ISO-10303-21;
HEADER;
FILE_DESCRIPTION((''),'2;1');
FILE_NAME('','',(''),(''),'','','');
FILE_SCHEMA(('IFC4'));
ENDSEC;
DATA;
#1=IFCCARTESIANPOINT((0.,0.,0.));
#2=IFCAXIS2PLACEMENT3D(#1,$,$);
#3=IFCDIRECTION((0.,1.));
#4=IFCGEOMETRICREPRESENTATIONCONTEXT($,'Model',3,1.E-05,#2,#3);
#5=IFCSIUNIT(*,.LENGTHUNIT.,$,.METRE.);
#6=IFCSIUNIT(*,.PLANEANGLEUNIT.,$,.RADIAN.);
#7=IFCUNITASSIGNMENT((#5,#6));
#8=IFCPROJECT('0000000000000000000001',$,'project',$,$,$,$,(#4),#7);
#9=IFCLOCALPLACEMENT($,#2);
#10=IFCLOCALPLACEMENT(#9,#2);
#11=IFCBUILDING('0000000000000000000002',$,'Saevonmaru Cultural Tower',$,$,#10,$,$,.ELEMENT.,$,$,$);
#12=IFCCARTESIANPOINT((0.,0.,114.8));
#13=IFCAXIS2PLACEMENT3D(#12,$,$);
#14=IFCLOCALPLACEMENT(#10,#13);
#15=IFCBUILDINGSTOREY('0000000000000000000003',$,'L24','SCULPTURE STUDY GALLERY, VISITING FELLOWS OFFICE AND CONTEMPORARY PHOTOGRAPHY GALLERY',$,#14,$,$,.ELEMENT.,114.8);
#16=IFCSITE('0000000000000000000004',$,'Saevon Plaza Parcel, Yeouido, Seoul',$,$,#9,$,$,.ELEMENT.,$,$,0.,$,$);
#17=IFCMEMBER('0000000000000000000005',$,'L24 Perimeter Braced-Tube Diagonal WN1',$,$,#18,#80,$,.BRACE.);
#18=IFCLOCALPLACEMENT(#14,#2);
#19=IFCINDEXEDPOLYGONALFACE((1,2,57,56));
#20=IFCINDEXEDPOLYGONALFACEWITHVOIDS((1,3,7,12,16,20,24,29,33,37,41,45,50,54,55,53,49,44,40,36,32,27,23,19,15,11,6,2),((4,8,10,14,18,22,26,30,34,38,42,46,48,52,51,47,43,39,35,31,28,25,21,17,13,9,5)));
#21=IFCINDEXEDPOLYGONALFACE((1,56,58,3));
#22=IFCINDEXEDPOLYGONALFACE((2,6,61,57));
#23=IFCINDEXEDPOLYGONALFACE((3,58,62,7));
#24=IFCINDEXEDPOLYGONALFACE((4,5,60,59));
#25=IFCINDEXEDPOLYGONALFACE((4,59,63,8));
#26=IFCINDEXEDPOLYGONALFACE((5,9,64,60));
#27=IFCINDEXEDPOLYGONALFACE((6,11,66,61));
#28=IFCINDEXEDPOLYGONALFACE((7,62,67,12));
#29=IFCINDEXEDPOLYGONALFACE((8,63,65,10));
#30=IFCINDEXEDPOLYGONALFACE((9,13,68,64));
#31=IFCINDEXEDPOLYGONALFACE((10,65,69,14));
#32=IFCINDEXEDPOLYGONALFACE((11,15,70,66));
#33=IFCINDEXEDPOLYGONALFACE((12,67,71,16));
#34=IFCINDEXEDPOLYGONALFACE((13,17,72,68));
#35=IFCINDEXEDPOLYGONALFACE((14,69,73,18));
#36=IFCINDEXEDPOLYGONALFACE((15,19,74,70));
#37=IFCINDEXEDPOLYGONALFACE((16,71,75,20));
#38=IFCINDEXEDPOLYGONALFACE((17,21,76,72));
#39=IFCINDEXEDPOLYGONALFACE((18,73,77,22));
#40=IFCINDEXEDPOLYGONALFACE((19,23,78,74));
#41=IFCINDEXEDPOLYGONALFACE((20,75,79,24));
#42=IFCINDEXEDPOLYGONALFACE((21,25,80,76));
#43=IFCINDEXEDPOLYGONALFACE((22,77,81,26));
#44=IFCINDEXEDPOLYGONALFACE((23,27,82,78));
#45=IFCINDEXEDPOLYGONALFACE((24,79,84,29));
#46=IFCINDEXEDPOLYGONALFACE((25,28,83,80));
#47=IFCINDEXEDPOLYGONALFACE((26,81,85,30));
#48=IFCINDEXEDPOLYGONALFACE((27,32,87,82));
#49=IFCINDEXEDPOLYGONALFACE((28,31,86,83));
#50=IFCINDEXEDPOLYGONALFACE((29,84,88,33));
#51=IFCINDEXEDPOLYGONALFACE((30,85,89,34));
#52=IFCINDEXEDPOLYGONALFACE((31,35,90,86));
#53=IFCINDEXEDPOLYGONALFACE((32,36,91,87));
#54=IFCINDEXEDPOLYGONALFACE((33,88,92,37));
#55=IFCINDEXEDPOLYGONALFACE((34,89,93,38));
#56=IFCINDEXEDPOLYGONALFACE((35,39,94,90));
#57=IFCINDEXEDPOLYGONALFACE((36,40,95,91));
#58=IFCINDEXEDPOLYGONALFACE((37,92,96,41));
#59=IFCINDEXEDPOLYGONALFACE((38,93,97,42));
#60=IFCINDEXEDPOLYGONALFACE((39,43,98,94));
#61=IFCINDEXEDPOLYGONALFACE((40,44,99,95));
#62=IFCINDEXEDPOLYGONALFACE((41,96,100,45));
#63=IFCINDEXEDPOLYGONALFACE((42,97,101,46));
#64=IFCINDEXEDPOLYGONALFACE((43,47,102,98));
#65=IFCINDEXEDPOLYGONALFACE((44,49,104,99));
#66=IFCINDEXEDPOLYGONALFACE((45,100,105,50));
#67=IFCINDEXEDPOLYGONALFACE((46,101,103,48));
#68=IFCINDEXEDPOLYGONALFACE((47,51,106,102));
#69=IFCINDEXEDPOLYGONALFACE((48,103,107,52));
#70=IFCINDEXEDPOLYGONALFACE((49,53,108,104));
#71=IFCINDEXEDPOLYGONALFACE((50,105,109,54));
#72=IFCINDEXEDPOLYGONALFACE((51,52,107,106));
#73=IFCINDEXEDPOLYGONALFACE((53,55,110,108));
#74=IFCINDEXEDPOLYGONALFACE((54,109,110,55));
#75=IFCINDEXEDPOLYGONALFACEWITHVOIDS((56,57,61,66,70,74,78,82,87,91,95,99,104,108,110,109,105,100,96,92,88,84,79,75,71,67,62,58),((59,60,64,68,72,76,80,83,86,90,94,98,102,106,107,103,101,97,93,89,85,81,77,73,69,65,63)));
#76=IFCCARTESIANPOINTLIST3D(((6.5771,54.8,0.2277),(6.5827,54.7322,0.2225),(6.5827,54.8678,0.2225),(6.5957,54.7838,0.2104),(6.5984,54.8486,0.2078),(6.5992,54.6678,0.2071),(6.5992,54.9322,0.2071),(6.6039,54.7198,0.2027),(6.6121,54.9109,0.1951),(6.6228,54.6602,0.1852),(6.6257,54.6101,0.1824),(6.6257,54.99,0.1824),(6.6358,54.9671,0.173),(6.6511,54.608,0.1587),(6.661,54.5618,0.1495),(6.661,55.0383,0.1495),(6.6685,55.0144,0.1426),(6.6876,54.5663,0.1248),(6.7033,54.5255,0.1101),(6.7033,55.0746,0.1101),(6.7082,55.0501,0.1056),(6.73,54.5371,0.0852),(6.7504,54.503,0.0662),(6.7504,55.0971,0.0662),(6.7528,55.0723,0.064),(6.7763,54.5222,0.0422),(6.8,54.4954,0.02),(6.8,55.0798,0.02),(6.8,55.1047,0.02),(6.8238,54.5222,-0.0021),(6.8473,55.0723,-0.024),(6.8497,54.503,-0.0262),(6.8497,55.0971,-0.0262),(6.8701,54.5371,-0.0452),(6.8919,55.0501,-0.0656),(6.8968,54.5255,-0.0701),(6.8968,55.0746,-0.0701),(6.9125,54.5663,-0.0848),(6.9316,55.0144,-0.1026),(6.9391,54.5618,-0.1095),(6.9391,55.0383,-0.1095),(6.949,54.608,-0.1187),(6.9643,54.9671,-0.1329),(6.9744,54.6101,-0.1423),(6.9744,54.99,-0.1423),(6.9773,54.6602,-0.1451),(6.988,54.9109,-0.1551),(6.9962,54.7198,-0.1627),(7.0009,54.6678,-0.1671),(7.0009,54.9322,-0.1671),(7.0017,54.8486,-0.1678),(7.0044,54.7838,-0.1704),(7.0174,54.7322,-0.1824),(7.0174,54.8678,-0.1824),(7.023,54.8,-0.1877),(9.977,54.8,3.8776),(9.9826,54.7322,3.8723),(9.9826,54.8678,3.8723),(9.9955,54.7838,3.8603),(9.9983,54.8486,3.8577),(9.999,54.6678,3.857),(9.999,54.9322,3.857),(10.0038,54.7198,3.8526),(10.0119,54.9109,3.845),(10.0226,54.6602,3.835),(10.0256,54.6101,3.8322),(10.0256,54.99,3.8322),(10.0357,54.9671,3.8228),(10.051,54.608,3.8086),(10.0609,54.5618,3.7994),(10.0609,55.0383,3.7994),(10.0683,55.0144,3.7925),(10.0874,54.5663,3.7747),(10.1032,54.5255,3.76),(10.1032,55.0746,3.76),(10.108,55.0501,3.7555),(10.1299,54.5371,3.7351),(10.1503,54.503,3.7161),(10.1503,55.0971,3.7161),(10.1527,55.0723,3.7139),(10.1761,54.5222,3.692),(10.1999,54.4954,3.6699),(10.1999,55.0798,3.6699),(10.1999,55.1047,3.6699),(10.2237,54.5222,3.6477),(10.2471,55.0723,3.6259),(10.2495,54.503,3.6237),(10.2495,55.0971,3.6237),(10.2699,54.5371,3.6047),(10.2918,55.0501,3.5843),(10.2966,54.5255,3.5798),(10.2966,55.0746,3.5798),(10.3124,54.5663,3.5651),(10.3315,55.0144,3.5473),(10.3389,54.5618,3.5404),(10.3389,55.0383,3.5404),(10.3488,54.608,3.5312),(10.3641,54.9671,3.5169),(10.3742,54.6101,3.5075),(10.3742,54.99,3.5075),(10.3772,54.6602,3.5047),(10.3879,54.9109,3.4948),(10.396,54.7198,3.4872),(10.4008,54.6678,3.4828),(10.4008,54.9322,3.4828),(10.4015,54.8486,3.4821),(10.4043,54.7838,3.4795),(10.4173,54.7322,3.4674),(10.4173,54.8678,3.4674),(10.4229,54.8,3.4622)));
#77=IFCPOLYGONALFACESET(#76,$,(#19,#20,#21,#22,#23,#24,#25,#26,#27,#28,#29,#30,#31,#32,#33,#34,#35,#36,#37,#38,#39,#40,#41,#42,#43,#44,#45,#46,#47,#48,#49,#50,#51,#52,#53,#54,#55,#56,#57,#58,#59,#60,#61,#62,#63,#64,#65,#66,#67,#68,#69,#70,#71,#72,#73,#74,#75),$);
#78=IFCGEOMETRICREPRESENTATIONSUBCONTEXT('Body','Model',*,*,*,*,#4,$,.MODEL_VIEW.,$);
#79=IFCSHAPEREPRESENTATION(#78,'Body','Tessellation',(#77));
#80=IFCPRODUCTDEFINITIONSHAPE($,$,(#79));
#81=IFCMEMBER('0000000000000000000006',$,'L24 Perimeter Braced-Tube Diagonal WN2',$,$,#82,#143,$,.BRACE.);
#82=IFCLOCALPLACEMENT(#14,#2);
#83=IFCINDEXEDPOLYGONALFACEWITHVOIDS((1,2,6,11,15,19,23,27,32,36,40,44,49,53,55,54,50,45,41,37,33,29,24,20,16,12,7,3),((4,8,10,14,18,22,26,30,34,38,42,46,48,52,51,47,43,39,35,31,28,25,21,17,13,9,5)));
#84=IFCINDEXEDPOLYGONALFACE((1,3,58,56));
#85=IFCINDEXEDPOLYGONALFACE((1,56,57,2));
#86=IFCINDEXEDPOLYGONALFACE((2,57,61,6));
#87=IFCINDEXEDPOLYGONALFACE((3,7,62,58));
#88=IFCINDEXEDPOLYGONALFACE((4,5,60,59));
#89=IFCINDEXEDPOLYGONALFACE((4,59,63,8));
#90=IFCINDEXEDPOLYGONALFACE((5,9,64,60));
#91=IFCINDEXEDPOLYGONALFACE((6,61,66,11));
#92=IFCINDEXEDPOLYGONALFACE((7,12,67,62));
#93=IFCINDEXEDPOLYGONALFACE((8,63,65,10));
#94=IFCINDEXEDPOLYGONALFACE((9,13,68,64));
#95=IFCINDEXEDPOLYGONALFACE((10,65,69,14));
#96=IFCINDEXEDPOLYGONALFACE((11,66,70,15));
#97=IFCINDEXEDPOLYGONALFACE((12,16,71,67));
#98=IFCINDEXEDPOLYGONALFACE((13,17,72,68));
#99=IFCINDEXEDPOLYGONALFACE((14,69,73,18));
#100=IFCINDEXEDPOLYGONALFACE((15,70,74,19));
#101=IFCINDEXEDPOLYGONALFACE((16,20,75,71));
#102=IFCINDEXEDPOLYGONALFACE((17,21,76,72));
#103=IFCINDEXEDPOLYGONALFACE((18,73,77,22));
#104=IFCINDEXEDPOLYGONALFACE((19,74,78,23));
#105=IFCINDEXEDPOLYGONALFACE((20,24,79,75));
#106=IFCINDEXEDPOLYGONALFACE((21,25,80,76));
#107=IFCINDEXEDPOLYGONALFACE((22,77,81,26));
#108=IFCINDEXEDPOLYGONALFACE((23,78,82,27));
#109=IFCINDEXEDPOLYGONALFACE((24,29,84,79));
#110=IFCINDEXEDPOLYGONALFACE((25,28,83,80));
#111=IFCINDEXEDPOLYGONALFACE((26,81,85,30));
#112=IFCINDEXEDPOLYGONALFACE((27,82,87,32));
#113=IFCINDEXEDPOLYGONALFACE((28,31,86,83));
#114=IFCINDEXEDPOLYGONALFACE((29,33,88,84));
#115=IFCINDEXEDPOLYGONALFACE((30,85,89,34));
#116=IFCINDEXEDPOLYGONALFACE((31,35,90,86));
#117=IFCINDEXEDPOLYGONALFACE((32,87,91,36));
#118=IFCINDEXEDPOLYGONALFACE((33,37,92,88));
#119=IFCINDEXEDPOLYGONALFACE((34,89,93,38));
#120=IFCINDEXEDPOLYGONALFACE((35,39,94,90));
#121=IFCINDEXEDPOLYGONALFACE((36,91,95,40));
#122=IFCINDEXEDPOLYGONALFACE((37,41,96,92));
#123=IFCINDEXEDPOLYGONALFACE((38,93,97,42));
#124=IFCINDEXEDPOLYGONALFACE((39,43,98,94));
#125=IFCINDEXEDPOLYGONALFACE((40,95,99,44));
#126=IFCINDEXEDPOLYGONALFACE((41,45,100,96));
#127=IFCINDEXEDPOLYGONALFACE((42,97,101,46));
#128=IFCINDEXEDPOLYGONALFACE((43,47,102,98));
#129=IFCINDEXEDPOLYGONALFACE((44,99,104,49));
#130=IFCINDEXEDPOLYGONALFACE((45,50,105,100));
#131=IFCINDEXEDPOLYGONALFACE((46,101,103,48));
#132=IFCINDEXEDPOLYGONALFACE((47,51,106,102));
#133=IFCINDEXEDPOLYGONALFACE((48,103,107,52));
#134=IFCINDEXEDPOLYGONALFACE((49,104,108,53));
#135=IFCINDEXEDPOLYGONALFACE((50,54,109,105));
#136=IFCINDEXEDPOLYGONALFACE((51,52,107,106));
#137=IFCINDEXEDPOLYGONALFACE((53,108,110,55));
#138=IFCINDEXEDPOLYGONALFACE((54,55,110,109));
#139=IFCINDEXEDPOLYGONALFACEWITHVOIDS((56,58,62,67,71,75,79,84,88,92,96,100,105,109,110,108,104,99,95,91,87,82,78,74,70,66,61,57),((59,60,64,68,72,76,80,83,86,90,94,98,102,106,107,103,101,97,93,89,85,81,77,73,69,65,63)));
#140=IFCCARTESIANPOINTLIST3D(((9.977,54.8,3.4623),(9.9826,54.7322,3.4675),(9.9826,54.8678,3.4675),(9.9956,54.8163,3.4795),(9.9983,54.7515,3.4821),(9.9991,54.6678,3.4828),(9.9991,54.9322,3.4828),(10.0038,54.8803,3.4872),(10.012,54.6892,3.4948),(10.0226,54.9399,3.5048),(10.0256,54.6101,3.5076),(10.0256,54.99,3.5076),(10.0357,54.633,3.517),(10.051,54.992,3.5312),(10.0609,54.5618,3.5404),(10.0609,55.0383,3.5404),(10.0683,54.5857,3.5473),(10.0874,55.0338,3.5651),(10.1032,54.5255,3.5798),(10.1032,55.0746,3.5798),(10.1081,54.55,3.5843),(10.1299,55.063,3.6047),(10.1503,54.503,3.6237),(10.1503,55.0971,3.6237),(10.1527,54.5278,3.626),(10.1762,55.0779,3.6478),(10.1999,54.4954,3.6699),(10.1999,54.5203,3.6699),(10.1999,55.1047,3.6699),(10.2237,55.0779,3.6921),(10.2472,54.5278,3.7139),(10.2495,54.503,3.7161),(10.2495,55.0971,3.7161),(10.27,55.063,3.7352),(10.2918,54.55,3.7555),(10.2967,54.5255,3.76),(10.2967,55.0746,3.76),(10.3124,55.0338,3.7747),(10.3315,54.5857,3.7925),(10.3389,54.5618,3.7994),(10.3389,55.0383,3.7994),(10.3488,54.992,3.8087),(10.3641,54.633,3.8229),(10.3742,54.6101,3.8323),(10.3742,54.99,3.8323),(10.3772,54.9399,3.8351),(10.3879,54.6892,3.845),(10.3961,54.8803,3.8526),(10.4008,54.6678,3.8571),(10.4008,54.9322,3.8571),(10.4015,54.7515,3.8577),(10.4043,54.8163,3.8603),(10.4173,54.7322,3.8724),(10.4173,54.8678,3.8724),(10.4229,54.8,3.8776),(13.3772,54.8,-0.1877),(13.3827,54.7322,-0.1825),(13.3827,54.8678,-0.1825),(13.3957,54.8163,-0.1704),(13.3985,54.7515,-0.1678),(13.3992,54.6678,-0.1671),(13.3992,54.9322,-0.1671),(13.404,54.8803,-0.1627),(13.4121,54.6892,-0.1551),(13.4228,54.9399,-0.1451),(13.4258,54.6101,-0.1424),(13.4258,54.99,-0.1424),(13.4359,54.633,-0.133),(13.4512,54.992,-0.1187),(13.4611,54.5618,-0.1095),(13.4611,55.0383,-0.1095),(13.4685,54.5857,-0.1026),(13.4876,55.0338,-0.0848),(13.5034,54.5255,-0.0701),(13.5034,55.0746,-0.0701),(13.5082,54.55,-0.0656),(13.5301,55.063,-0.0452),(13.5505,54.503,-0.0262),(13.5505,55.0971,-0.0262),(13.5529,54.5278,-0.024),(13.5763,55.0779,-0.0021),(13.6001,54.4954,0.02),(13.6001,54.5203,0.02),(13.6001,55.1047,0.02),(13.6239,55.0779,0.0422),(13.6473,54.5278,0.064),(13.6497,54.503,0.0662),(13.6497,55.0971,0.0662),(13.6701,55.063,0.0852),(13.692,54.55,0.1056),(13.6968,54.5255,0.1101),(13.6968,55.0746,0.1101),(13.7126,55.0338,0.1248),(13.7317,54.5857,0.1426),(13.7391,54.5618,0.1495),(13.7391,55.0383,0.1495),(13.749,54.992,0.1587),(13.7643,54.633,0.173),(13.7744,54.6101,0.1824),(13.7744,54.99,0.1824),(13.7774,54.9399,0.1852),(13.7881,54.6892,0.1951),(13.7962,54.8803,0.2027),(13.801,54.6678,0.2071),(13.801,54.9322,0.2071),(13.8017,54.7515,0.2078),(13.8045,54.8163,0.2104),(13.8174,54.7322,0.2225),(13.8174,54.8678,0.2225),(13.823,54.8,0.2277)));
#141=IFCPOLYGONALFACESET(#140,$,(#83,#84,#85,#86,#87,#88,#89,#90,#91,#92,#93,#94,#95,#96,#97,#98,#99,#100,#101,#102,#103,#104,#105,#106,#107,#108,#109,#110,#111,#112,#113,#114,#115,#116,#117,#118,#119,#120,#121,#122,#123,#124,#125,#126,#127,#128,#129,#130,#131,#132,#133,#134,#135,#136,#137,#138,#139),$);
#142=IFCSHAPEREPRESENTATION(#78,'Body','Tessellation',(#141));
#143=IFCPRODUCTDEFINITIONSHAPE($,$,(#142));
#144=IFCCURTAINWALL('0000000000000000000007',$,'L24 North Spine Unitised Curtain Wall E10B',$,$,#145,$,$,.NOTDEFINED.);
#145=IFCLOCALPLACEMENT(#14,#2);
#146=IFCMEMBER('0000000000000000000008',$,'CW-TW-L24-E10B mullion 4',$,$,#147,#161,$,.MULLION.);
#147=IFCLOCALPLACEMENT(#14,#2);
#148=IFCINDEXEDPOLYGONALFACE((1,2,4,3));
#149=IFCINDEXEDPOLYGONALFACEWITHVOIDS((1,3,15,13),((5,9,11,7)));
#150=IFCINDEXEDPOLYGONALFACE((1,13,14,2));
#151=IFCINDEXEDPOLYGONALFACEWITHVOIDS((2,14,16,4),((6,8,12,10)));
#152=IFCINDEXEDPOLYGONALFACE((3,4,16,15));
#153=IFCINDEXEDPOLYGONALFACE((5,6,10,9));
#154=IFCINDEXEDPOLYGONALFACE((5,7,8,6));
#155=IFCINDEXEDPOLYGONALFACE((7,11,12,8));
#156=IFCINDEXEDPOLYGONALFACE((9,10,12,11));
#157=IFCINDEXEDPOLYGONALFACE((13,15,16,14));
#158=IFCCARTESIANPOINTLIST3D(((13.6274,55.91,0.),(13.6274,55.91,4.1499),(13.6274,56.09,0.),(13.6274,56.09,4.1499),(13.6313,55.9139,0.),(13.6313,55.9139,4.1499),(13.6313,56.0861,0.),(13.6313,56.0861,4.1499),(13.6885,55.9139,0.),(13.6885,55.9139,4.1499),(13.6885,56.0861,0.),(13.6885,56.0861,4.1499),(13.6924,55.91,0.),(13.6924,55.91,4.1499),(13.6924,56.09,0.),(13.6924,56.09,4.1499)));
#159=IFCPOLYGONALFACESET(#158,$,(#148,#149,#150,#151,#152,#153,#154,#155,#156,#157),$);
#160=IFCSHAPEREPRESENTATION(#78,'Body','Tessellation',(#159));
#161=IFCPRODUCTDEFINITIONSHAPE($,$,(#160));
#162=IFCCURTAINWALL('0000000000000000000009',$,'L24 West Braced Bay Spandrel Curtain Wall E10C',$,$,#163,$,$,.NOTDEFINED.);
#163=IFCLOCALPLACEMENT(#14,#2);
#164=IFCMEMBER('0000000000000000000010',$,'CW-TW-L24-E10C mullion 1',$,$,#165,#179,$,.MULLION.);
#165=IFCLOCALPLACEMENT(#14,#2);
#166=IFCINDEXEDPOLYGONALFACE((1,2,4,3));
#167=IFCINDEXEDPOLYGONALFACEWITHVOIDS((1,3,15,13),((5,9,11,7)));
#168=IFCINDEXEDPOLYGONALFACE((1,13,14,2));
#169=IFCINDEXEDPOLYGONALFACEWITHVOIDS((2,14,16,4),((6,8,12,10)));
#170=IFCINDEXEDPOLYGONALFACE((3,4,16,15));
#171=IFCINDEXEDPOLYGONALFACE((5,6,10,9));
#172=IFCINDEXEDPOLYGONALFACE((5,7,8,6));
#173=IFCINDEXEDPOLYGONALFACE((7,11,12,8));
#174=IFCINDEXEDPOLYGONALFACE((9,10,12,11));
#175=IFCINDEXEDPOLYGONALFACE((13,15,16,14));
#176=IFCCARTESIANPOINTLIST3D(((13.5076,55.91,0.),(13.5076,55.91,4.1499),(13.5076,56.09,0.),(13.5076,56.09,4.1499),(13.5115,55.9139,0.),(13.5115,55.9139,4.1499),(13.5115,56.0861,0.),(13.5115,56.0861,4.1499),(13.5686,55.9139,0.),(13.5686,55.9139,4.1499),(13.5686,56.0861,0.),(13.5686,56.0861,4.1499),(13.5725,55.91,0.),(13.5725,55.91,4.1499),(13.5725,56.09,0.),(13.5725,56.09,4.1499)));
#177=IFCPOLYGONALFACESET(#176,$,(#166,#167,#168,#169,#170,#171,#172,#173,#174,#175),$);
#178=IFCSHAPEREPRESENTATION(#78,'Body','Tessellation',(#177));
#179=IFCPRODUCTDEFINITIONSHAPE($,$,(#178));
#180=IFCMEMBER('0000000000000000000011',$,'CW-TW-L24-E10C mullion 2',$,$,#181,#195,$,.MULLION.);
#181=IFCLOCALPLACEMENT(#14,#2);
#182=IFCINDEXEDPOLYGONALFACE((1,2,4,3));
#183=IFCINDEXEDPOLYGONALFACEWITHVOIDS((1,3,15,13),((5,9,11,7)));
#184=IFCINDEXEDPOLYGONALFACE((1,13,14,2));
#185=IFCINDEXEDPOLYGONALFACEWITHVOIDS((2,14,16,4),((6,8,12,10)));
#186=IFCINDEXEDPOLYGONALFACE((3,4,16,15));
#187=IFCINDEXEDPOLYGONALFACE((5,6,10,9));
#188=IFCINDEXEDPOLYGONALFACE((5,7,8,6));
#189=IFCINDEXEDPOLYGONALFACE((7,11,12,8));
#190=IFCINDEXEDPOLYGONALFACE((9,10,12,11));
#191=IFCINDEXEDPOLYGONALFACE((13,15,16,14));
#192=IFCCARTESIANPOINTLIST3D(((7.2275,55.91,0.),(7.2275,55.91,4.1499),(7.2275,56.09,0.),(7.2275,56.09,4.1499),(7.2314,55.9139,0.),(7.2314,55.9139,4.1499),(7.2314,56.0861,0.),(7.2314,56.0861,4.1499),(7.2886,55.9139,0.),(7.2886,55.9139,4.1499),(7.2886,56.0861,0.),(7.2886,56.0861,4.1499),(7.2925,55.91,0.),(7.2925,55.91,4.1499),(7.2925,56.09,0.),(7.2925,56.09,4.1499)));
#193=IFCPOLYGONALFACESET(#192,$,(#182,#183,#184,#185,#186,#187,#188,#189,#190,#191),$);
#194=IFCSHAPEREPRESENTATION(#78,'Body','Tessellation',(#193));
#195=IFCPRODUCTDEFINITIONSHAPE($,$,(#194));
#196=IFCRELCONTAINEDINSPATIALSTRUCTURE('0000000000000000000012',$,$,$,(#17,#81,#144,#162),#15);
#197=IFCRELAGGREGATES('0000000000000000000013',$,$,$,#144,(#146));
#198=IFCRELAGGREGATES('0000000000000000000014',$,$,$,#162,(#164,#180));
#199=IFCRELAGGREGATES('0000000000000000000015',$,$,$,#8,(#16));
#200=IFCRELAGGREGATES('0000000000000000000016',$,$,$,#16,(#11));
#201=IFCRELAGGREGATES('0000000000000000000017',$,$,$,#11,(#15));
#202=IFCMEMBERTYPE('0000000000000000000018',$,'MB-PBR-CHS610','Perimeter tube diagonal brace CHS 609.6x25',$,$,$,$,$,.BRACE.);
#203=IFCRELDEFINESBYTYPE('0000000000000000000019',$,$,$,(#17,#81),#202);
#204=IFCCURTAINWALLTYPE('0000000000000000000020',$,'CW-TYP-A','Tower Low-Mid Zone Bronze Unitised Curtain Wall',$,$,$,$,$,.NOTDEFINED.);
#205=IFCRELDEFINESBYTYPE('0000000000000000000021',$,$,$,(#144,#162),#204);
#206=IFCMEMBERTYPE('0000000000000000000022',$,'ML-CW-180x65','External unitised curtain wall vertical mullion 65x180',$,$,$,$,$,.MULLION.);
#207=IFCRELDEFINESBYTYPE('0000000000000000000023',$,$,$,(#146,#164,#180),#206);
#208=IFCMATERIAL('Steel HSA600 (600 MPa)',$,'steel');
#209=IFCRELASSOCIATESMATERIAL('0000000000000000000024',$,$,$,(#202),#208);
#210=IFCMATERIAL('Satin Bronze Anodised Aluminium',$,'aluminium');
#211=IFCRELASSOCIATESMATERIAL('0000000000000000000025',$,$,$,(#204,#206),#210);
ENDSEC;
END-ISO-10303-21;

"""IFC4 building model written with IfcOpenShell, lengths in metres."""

from ifc_helpers import new_model, si_unit, direction, frame, origin, origin_2d, place, context, subcontext, project, spatial, hollow_rectangle, hollow_circle, extrude, material, material_profile, profile_set, type_object, element, aggregate, save


model = new_model("IFC4")

# Units and contexts
model_context = context("Model", 3, precision=1e-05, world=origin(), true_north=direction((0.0, 1.0)))
body_context = subcontext(model_context, "Body", "Model", "MODEL_VIEW")
ifc_project = project(units=[si_unit("LENGTHUNIT", "METRE"), si_unit("PLANEANGLEUNIT", "RADIAN")], contexts=[model_context])

# Site, building, storey
site_placement = place(None, origin())
site = spatial("IfcSite", under=ifc_project, at=site_placement, Name="Saevon Plaza Parcel, Yeouido, Seoul", CompositionType="ELEMENT", RefElevation=0.0)
building_placement = place(site_placement, origin())
building = spatial("IfcBuilding", under=site, at=building_placement, Name="Saevonmaru Cultural Tower", CompositionType="ELEMENT")
storey_placement = place(building_placement, frame((0.0, 0.0, 114.8)))
storey = spatial("IfcBuildingStorey", under=building, at=storey_placement, Name="L24", Description="SCULPTURE STUDY GALLERY, VISITING FELLOWS OFFICE AND CONTEMPORARY PHOTOGRAPHY GALLERY", CompositionType="ELEMENT", Elevation=114.8)

# Members
ifc_material_1 = material(Name="Steel HSA600 (600 MPa)", Category="steel")
ifc_material_profile_1 = material_profile(ifc_material_1, hollow_circle(Radius=0.3047, WallThickness=0.0249, at=origin_2d()), Name="CHS-609.6x25")
ifc_profile_set_1 = profile_set([ifc_material_profile_1], Name="Steel HSA600 (600 MPa)")
member_type_1 = type_object("IfcMemberType", Name="MB-PBR-CHS610", Description="Perimeter tube diagonal brace CHS 609.6x25", PredefinedType="BRACE", material=ifc_profile_set_1)
member_1_placement = place(storey_placement, frame((6.8, 54.8, 0.02), z_axis=(0.681603, 0.0, 0.731722), x_axis=(0.0, 1.0, 0.0)))
element("IfcMember", 1, at=member_1_placement, inside=storey, type_object=member_type_1, Name="L24 Perimeter Braced-Tube Diagonal WN1", PredefinedType="BRACE", context=body_context, shape_type="SweptSolid", body=[
    extrude(hollow_circle(Radius=0.3047, WallThickness=0.0249, at=origin_2d()), origin(), (0.0, 0.0, 1.0), 4.988),
])
member_2_placement = place(storey_placement, frame((13.6001, 54.8, 0.02), z_axis=(-0.681629, 0.0, 0.731698), x_axis=(0.0, -1.0, 0.0)))
element("IfcMember", 2, at=member_2_placement, inside=storey, type_object=member_type_1, Name="L24 Perimeter Braced-Tube Diagonal WN2", PredefinedType="BRACE", context=body_context, shape_type="SweptSolid", body=[
    extrude(hollow_circle(Radius=0.3047, WallThickness=0.0249, at=origin_2d()), origin(), (0.0, 0.0, 1.0), 4.9883),
])

# Curtain wall, member
ifc_material_2 = material(Name="Satin Bronze Anodised Aluminium", Category="aluminium")
curtain_wall_type = type_object("IfcCurtainWallType", Name="CW-TYP-A", Description="Tower Low-Mid Zone Bronze Unitised Curtain Wall", PredefinedType="NOTDEFINED", material=ifc_material_2)
curtain_wall_1_placement = place(storey_placement, origin())
curtain_wall_1 = element("IfcCurtainWall", 3, at=curtain_wall_1_placement, inside=storey, type_object=curtain_wall_type, Name="L24 North Spine Unitised Curtain Wall E10B", PredefinedType="NOTDEFINED")
ifc_material_profile_2 = material_profile(ifc_material_2, hollow_rectangle(XDim=0.0649, YDim=0.1799, WallThickness=0.0039, at=origin_2d()), Name="ALU-MULL-180x65x4")
ifc_profile_set_2 = profile_set([ifc_material_profile_2], Name="Satin Bronze Anodised Aluminium")
member_type_2 = type_object("IfcMemberType", Name="ML-CW-180x65", Description="External unitised curtain wall vertical mullion 65x180", PredefinedType="MULLION", material=ifc_profile_set_2)
member_3_placement = place(storey_placement, frame((13.6599, 56.0, 0.0), z_axis=(0.0, 0.0, 1.0), x_axis=(-1.0, 0.0, 0.0)))
member_3 = element("IfcMember", 4, at=member_3_placement, type_object=member_type_2, Name="CW-TW-L24-E10B mullion 4", PredefinedType="MULLION", context=body_context, shape_type="SweptSolid", body=[
    extrude(hollow_rectangle(XDim=0.0649, YDim=0.1799, WallThickness=0.0039, at=origin_2d()), origin(), (0.0, 0.0, 1.0), 4.1499),
])
aggregate(curtain_wall_1, [member_3])

# Curtain wall, members
curtain_wall_2_placement = place(storey_placement, origin())
curtain_wall_2 = element("IfcCurtainWall", 5, at=curtain_wall_2_placement, inside=storey, type_object=curtain_wall_type, Name="L24 West Braced Bay Spandrel Curtain Wall E10C", PredefinedType="NOTDEFINED")
member_4_placement = place(storey_placement, frame((13.54, 56.0, 0.0), z_axis=(0.0, 0.0, 1.0), x_axis=(-1.0, 0.0, 0.0)))
member_4 = element("IfcMember", 6, at=member_4_placement, type_object=member_type_2, Name="CW-TW-L24-E10C mullion 1", PredefinedType="MULLION", context=body_context, shape_type="SweptSolid", body=[
    extrude(hollow_rectangle(XDim=0.0649, YDim=0.1799, WallThickness=0.0039, at=origin_2d()), origin(), (0.0, 0.0, 1.0), 4.1499),
])
member_5_placement = place(storey_placement, frame((7.26, 56.0, 0.0), z_axis=(0.0, 0.0, 1.0), x_axis=(-1.0, 0.0, 0.0)))
member_5 = element("IfcMember", 7, at=member_5_placement, type_object=member_type_2, Name="CW-TW-L24-E10C mullion 2", PredefinedType="MULLION", context=body_context, shape_type="SweptSolid", body=[
    extrude(hollow_rectangle(XDim=0.0649, YDim=0.1799, WallThickness=0.0039, at=origin_2d()), origin(), (0.0, 0.0, 1.0), 4.1499),
])

aggregate(curtain_wall_2, [member_4, member_5])

save(model, "model.ifc")
